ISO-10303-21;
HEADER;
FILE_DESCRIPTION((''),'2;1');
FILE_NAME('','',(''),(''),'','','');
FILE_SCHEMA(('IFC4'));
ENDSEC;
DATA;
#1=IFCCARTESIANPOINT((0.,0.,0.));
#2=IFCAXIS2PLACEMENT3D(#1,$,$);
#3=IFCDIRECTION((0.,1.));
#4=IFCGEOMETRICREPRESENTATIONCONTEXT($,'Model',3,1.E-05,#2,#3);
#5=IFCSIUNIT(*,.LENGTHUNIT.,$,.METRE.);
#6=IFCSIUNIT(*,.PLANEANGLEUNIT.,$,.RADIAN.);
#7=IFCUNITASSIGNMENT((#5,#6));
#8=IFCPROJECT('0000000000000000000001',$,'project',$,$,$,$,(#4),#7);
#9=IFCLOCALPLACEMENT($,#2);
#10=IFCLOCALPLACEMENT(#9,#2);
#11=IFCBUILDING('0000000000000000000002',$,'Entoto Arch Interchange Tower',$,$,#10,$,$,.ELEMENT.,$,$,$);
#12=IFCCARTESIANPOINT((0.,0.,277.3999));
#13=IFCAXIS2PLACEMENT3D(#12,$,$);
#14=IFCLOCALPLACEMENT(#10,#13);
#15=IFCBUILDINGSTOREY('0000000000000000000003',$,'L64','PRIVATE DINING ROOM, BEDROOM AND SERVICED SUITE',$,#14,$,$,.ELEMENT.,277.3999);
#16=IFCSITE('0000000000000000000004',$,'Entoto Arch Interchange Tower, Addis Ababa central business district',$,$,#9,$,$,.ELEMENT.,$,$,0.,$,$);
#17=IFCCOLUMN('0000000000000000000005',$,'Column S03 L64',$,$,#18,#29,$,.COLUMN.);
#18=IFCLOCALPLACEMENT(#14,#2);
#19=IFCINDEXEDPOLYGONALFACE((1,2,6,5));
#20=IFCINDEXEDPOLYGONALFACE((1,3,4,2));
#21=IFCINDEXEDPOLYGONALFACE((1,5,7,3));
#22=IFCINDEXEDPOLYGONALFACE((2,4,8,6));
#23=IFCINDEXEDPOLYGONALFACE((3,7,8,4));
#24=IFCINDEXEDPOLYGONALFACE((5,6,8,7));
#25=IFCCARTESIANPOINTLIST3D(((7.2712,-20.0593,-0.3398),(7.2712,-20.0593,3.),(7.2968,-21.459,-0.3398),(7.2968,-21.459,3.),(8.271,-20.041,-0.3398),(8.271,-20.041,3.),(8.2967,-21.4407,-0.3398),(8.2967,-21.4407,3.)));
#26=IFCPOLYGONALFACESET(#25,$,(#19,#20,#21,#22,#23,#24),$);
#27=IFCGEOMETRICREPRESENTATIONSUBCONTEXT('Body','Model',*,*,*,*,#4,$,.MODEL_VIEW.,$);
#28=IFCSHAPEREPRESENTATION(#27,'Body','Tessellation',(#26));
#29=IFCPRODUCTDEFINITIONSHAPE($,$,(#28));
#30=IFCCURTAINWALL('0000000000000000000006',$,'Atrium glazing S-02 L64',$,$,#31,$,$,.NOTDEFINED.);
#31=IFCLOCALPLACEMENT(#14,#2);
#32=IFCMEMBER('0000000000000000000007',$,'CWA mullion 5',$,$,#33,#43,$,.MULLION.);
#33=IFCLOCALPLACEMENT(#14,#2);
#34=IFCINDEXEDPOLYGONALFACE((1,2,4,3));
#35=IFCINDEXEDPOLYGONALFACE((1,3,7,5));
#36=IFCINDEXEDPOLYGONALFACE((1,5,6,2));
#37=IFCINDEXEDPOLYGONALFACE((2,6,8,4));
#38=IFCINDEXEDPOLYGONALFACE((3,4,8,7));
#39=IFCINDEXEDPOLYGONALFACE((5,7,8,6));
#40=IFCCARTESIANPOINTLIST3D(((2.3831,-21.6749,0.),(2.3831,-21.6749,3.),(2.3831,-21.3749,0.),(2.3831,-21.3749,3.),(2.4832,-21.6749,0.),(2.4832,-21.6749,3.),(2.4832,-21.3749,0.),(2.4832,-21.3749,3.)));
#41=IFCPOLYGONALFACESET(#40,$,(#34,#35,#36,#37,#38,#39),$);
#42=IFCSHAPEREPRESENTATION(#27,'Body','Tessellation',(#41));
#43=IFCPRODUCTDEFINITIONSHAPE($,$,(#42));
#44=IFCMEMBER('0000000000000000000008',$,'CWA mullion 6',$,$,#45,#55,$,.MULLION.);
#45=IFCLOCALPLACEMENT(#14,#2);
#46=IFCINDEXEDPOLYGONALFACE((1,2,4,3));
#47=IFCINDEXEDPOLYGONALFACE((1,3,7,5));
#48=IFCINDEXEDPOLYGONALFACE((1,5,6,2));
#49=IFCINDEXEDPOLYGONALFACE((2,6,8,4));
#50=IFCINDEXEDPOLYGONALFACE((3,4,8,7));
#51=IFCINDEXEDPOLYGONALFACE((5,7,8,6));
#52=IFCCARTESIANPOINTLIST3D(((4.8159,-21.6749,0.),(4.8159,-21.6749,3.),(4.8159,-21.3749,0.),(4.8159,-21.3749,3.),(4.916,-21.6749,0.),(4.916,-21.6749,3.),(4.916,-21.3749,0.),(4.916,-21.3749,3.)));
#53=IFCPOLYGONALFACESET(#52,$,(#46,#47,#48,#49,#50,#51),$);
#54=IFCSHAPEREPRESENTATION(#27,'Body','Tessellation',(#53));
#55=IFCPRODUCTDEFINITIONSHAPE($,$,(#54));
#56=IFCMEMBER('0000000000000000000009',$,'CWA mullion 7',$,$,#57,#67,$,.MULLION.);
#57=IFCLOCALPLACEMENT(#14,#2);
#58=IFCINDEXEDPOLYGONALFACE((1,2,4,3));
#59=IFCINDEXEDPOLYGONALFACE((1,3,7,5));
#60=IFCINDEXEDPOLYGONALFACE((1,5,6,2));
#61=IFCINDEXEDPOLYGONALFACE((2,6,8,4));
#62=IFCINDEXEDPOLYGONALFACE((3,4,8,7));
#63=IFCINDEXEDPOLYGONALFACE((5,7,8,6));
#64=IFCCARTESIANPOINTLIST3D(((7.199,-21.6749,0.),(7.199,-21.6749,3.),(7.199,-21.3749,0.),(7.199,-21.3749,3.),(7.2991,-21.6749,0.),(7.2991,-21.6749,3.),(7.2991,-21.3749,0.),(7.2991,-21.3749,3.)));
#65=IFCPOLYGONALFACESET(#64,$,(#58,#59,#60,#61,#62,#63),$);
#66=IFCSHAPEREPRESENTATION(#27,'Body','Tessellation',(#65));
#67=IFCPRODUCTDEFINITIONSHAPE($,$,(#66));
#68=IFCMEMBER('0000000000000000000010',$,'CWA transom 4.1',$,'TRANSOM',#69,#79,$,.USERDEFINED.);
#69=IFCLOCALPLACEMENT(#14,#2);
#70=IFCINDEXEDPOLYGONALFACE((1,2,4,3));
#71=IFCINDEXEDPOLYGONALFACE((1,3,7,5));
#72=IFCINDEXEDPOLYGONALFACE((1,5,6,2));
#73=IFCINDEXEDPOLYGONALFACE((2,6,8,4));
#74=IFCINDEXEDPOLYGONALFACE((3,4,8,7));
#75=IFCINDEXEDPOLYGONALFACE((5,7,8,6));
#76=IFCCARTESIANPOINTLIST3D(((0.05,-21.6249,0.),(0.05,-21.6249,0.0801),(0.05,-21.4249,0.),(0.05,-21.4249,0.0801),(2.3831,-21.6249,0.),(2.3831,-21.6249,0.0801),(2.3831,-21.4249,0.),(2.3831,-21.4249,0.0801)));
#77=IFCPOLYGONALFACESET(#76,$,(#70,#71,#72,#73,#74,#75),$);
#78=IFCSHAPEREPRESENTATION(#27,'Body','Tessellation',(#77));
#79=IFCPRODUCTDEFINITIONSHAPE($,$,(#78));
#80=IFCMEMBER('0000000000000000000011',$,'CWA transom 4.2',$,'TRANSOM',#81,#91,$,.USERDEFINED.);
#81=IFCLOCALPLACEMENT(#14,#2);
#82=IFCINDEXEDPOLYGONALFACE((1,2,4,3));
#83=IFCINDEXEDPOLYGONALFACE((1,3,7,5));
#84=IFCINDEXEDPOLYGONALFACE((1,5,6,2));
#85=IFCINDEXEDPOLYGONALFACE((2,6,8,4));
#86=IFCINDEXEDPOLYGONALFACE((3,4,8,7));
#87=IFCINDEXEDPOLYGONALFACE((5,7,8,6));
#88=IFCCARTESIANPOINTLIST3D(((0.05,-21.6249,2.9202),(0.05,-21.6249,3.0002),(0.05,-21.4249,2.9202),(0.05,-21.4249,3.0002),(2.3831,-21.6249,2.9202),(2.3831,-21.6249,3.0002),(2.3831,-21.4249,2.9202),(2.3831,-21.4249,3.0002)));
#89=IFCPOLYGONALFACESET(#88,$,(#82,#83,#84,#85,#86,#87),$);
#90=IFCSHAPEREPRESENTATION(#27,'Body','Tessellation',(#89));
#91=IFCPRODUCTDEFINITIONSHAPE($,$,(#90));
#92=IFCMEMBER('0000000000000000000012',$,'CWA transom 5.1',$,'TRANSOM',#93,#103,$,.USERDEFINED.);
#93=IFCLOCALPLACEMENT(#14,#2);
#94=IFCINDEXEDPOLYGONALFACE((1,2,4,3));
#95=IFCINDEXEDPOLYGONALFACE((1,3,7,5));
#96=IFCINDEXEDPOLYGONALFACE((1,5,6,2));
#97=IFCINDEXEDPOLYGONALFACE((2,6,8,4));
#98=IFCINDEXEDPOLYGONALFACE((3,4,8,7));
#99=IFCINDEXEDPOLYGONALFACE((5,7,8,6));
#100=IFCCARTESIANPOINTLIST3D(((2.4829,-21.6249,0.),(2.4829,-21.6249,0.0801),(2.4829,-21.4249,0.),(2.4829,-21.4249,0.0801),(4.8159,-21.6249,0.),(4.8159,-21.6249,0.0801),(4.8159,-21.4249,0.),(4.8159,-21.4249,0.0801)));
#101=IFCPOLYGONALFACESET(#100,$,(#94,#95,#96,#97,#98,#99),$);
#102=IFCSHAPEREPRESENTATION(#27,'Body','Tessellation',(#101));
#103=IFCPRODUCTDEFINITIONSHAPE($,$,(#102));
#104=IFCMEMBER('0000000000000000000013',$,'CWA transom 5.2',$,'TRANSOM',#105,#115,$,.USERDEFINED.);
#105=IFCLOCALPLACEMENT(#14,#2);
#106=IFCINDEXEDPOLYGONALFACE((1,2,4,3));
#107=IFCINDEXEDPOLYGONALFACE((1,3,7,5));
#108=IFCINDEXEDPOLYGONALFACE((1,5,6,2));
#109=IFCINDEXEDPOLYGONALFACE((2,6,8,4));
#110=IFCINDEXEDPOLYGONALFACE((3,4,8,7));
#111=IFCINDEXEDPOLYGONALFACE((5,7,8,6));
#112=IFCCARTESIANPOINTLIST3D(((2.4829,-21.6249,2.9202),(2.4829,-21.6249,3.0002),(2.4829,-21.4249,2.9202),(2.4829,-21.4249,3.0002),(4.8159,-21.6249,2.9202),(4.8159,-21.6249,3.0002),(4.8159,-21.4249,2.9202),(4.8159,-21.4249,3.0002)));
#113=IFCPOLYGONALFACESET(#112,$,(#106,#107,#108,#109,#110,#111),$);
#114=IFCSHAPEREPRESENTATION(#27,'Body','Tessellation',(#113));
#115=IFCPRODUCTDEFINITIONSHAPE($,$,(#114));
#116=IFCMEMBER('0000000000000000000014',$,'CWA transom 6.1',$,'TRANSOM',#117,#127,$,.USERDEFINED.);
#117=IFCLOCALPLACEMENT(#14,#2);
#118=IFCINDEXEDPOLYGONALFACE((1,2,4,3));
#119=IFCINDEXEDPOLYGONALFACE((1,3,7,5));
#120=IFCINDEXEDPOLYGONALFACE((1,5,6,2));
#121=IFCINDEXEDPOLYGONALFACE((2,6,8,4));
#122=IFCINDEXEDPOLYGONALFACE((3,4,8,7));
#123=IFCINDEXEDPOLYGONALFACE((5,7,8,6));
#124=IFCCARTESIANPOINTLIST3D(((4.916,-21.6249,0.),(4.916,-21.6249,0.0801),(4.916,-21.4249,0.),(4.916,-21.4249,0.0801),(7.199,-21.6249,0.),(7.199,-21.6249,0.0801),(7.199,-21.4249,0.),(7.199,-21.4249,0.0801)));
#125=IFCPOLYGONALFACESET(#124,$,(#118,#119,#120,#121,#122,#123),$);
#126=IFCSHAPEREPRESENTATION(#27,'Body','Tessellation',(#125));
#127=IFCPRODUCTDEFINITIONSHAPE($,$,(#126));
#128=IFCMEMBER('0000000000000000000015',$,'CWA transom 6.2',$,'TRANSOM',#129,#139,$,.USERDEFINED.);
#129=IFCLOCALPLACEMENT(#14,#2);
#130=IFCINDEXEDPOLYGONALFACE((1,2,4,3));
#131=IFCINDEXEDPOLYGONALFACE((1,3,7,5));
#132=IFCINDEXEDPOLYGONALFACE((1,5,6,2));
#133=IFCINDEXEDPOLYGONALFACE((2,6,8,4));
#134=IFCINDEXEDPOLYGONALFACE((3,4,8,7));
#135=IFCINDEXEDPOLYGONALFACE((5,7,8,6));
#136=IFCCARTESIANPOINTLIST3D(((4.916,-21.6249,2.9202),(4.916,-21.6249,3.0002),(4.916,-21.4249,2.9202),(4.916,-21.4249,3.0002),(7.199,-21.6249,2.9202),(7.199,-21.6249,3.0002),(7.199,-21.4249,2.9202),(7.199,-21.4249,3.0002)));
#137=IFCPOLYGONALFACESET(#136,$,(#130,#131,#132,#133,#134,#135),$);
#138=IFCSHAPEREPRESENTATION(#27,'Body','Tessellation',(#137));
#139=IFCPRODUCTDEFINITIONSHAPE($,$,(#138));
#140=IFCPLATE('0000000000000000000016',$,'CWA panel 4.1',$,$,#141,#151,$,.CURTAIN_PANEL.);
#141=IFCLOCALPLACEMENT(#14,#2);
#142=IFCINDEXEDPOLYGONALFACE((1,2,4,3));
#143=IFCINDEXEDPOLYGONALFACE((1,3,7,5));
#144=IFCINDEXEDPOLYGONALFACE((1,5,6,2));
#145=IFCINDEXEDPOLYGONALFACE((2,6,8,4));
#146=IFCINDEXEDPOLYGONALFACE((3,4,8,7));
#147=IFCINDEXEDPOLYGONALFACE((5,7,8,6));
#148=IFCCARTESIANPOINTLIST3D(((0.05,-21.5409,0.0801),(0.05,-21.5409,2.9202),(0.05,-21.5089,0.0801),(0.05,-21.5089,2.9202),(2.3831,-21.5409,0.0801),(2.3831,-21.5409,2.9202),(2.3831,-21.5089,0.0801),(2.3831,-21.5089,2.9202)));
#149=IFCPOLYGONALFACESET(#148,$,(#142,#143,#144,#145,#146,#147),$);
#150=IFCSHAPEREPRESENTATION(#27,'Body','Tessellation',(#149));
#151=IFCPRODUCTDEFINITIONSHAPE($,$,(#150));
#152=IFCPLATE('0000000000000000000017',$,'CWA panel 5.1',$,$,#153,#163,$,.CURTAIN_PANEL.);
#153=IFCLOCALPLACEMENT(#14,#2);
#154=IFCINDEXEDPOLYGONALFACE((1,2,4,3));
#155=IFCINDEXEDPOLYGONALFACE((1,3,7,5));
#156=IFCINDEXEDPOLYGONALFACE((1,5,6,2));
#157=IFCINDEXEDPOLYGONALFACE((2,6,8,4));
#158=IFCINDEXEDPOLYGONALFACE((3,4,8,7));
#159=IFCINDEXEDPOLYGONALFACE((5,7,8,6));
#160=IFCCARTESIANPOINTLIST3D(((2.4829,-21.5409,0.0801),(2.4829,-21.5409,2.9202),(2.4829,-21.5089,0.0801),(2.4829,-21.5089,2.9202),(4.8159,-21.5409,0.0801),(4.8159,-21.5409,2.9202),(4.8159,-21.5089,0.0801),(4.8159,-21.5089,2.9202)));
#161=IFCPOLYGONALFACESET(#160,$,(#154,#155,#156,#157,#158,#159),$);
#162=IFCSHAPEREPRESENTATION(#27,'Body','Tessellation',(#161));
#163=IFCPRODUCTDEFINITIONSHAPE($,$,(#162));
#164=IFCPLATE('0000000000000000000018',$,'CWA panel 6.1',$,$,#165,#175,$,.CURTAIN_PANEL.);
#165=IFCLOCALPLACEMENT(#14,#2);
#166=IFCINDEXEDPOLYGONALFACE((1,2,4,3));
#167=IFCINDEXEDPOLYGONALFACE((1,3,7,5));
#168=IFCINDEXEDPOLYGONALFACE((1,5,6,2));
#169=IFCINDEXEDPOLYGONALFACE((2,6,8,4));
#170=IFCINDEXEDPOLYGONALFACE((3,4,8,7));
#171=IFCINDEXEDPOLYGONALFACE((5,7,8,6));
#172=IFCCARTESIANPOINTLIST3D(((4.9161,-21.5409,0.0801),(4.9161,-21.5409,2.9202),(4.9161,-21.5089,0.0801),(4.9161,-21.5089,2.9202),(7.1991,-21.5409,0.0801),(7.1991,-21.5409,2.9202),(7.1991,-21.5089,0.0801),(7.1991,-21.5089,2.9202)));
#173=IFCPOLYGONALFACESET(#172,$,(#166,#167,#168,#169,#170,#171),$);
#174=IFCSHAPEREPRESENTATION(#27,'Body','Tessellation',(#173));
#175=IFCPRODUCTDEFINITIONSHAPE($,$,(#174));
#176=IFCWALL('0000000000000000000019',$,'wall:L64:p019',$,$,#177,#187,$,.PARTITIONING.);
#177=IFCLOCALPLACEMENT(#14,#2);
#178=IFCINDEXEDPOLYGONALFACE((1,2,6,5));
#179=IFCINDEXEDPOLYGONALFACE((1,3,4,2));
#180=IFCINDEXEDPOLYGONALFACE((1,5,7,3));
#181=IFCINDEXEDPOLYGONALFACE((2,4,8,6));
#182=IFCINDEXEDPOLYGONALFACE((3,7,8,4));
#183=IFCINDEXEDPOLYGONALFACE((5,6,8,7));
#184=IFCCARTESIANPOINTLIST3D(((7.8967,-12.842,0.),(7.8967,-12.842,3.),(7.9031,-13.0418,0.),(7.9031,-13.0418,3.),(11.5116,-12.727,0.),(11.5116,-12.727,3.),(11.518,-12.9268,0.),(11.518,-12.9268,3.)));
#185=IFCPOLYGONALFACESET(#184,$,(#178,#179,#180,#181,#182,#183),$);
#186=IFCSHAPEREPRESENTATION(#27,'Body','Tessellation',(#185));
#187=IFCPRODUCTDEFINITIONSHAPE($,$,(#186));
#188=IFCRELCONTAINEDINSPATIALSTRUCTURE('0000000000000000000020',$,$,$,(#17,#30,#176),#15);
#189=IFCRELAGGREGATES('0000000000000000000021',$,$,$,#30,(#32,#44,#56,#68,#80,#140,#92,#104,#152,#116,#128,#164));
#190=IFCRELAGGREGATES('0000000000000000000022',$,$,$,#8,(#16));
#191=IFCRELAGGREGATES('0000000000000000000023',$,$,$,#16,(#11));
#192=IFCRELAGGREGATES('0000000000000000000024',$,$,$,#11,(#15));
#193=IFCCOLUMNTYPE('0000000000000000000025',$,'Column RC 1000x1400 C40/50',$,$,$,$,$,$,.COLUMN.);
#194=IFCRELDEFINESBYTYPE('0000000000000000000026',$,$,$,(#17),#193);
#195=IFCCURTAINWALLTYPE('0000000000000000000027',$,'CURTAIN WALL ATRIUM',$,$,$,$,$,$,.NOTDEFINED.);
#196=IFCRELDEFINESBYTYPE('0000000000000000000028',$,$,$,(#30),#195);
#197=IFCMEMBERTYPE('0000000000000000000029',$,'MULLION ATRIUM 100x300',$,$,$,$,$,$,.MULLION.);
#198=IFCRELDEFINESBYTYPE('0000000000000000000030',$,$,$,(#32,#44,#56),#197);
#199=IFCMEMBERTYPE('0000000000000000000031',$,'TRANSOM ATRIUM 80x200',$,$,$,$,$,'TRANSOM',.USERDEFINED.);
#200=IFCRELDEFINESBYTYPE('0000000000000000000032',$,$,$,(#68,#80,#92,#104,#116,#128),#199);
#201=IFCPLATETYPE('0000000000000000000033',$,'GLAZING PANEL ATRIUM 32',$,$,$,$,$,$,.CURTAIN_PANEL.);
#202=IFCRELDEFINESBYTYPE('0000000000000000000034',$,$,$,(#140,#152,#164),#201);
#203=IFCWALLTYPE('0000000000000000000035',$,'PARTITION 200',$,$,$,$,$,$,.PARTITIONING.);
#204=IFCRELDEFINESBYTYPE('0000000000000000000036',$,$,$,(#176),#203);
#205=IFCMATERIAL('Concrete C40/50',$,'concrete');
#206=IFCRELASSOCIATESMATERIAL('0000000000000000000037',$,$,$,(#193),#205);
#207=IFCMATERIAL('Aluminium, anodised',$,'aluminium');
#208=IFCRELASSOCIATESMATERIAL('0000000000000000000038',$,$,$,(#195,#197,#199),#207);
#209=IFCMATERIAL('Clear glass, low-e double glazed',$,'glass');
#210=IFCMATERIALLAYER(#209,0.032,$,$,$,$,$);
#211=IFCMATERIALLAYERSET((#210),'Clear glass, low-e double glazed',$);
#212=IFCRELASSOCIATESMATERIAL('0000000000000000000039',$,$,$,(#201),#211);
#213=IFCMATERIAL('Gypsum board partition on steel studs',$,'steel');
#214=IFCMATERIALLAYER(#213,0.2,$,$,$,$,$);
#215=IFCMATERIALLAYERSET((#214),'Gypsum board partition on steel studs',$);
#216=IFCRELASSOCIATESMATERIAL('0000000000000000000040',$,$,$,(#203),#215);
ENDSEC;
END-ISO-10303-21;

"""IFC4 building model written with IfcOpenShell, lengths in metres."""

from ifc_helpers import new_model, si_unit, direction, frame, frame_2d, origin, origin_2d, place, context, subcontext, project, spatial, rectangle, extrude, material, layer, layer_set, material_profile, profile_set, type_object, element, aggregate, save


model = new_model("IFC4")

# Units and contexts
model_context = context("Model", 3, precision=1e-05, world=origin(), true_north=direction((0.0, 1.0)))
body_context = subcontext(model_context, "Body", "Model", "MODEL_VIEW")
ifc_project = project(units=[si_unit("LENGTHUNIT", "METRE"), si_unit("PLANEANGLEUNIT", "RADIAN")], contexts=[model_context])

# Site, building, storey
site_placement = place(None, origin())
site = spatial("IfcSite", under=ifc_project, at=site_placement, Name="Entoto Arch Interchange Tower, Addis Ababa central business district", CompositionType="ELEMENT", RefElevation=0.0)
building_placement = place(site_placement, origin())
building = spatial("IfcBuilding", under=site, at=building_placement, Name="Entoto Arch Interchange Tower", CompositionType="ELEMENT")
storey_placement = place(building_placement, frame((0.0, 0.0, 277.3999)))
storey = spatial("IfcBuildingStorey", under=building, at=storey_placement, Name="L64", Description="PRIVATE DINING ROOM, BEDROOM AND SERVICED SUITE", CompositionType="ELEMENT", Elevation=277.3999)

# Column
ifc_material_1 = material(Name="Concrete C40/50", Category="concrete")
ifc_material_profile_1 = material_profile(ifc_material_1, rectangle(XDim=1.0, YDim=1.3999, at=origin_2d()))
ifc_profile_set_1 = profile_set([ifc_material_profile_1], Name="Concrete C40/50")
column_type = type_object("IfcColumnType", Name="Column RC 1000x1400 C40/50", PredefinedType="COLUMN", material=ifc_profile_set_1)
column_placement = place(storey_placement, frame((7.7839, -20.75, -0.3398), z_axis=(0.0, 0.0, 1.0), x_axis=(0.999833, 0.01829, 0.0)))
element("IfcColumn", 1, at=column_placement, inside=storey, type_object=column_type, Name="Column S03 L64", PredefinedType="COLUMN", context=body_context, shape_type="SweptSolid", body=[
    extrude(rectangle(XDim=1.0, YDim=1.3999, at=origin_2d()), origin(), (0.0, 0.0, 1.0), 3.3398),
])

# Curtain wall, members, plates
ifc_material_2 = material(Name="Aluminium, anodised", Category="aluminium")
curtain_wall_type = type_object("IfcCurtainWallType", Name="CURTAIN WALL ATRIUM", PredefinedType="NOTDEFINED", material=ifc_material_2)
curtain_wall_placement = place(storey_placement, origin())
curtain_wall = element("IfcCurtainWall", 2, at=curtain_wall_placement, inside=storey, type_object=curtain_wall_type, Name="Atrium glazing S-02 L64", PredefinedType="NOTDEFINED")
ifc_material_profile_2 = material_profile(ifc_material_2, rectangle(XDim=0.3, YDim=0.1001, at=origin_2d()))
ifc_profile_set_2 = profile_set([ifc_material_profile_2], Name="Aluminium, anodised")
member_type_1 = type_object("IfcMemberType", Name="MULLION ATRIUM 100x300", PredefinedType="MULLION", material=ifc_profile_set_2)
member_1_placement = place(storey_placement, frame((2.4331, -21.5249, 0.0), z_axis=(0.0, 0.0, 1.0), x_axis=(0.0, 1.0, 0.0)))
member_1 = element("IfcMember", 3, at=member_1_placement, type_object=member_type_1, Name="CWA mullion 5", PredefinedType="MULLION", context=body_context, shape_type="SweptSolid", body=[
    extrude(rectangle(XDim=0.3, YDim=0.1001, at=origin_2d()), origin(), (0.0, 0.0, 1.0), 3.0),
])
member_2_placement = place(storey_placement, frame((4.866, -21.5249, 0.0), z_axis=(0.0, 0.0, 1.0), x_axis=(0.0, 1.0, 0.0)))
member_2 = element("IfcMember", 4, at=member_2_placement, type_object=member_type_1, Name="CWA mullion 6", PredefinedType="MULLION", context=body_context, shape_type="SweptSolid", body=[
    extrude(rectangle(XDim=0.3, YDim=0.1001, at=origin_2d()), origin(), (0.0, 0.0, 1.0), 3.0),
])
member_3_placement = place(storey_placement, frame((7.249, -21.5249, 0.0), z_axis=(0.0, 0.0, 1.0), x_axis=(0.0, 1.0, 0.0)))
member_3 = element("IfcMember", 5, at=member_3_placement, type_object=member_type_1, Name="CWA mullion 7", PredefinedType="MULLION", context=body_context, shape_type="SweptSolid", body=[
    extrude(rectangle(XDim=0.3, YDim=0.1001, at=origin_2d()), origin(), (0.0, 0.0, 1.0), 3.0),
])
ifc_material_profile_3 = material_profile(ifc_material_2, rectangle(XDim=0.2, YDim=0.0801, at=origin_2d()))
ifc_profile_set_3 = profile_set([ifc_material_profile_3], Name="Aluminium, anodised")
member_type_2 = type_object("IfcMemberType", Name="TRANSOM ATRIUM 80x200", ElementType="TRANSOM", PredefinedType="USERDEFINED", material=ifc_profile_set_3)
member_4_placement = place(storey_placement, frame((0.05, -21.5249, 0.04), z_axis=(1.0, 0.0, 0.0), x_axis=(0.0, 1.0, 0.0)))
member_4 = element("IfcMember", 6, at=member_4_placement, type_object=member_type_2, Name="CWA transom 4.1", ObjectType="TRANSOM", PredefinedType="USERDEFINED", context=body_context, shape_type="SweptSolid", body=[
    extrude(rectangle(XDim=0.2, YDim=0.0801, at=origin_2d()), origin(), (0.0, 0.0, 1.0), 2.333),
])
member_5_placement = place(storey_placement, frame((0.05, -21.5249, 2.9602), z_axis=(1.0, 0.0, 0.0), x_axis=(0.0, 1.0, 0.0)))
member_5 = element("IfcMember", 7, at=member_5_placement, type_object=member_type_2, Name="CWA transom 4.2", ObjectType="TRANSOM", PredefinedType="USERDEFINED", context=body_context, shape_type="SweptSolid", body=[
    extrude(rectangle(XDim=0.2, YDim=0.0801, at=origin_2d()), origin(), (0.0, 0.0, 1.0), 2.333),
])
member_6_placement = place(storey_placement, frame((2.4829, -21.5249, 0.04), z_axis=(1.0, 0.0, 0.0), x_axis=(0.0, 1.0, 0.0)))
member_6 = element("IfcMember", 8, at=member_6_placement, type_object=member_type_2, Name="CWA transom 5.1", ObjectType="TRANSOM", PredefinedType="USERDEFINED", context=body_context, shape_type="SweptSolid", body=[
    extrude(rectangle(XDim=0.2, YDim=0.0801, at=origin_2d()), origin(), (0.0, 0.0, 1.0), 2.333),
])
member_7_placement = place(storey_placement, frame((2.4829, -21.5249, 2.9602), z_axis=(1.0, 0.0, 0.0), x_axis=(0.0, 1.0, 0.0)))
member_7 = element("IfcMember", 9, at=member_7_placement, type_object=member_type_2, Name="CWA transom 5.2", ObjectType="TRANSOM", PredefinedType="USERDEFINED", context=body_context, shape_type="SweptSolid", body=[
    extrude(rectangle(XDim=0.2, YDim=0.0801, at=origin_2d()), origin(), (0.0, 0.0, 1.0), 2.333),
])
member_8_placement = place(storey_placement, frame((4.916, -21.5249, 0.04), z_axis=(1.0, 0.0, 0.0), x_axis=(0.0, 1.0, 0.0)))
member_8 = element("IfcMember", 10, at=member_8_placement, type_object=member_type_2, Name="CWA transom 6.1", ObjectType="TRANSOM", PredefinedType="USERDEFINED", context=body_context, shape_type="SweptSolid", body=[
    extrude(rectangle(XDim=0.2, YDim=0.0801, at=origin_2d()), origin(), (0.0, 0.0, 1.0), 2.283),
])
member_9_placement = place(storey_placement, frame((4.916, -21.5249, 2.9602), z_axis=(1.0, 0.0, 0.0), x_axis=(0.0, 1.0, 0.0)))
member_9 = element("IfcMember", 11, at=member_9_placement, type_object=member_type_2, Name="CWA transom 6.2", ObjectType="TRANSOM", PredefinedType="USERDEFINED", context=body_context, shape_type="SweptSolid", body=[
    extrude(rectangle(XDim=0.2, YDim=0.0801, at=origin_2d()), origin(), (0.0, 0.0, 1.0), 2.283),
])
ifc_material_3 = material(Name="Clear glass, low-e double glazed", Category="glass")
ifc_layer_1 = layer(ifc_material_3, 0.032)
ifc_layer_set_1 = layer_set([ifc_layer_1], Name="Clear glass, low-e double glazed")
plate_type = type_object("IfcPlateType", Name="GLAZING PANEL ATRIUM 32", PredefinedType="CURTAIN_PANEL", material=ifc_layer_set_1)
plate_1_placement = place(storey_placement, frame((1.2166, -21.5249, 0.0801), z_axis=(0.0, 0.0, 1.0), x_axis=(1.0, 0.0, 0.0)))
plate_1 = element("IfcPlate", 12, at=plate_1_placement, type_object=plate_type, Name="CWA panel 4.1", PredefinedType="CURTAIN_PANEL", context=body_context, shape_type="SweptSolid", body=[
    extrude(rectangle(XDim=2.333, YDim=0.032, at=origin_2d()), origin(), (0.0, 0.0, 1.0), 2.8401),
])
plate_2_placement = place(storey_placement, frame((3.6494, -21.5249, 0.0801), z_axis=(0.0, 0.0, 1.0), x_axis=(1.0, 0.0, 0.0)))
plate_2 = element("IfcPlate", 13, at=plate_2_placement, type_object=plate_type, Name="CWA panel 5.1", PredefinedType="CURTAIN_PANEL", context=body_context, shape_type="SweptSolid", body=[
    extrude(rectangle(XDim=2.333, YDim=0.032, at=origin_2d()), origin(), (0.0, 0.0, 1.0), 2.8401),
])
plate_3_placement = place(storey_placement, frame((6.0576, -21.5249, 0.0801), z_axis=(0.0, 0.0, 1.0), x_axis=(1.0, 0.0, 0.0)))
plate_3 = element("IfcPlate", 14, at=plate_3_placement, type_object=plate_type, Name="CWA panel 6.1", PredefinedType="CURTAIN_PANEL", context=body_context, shape_type="SweptSolid", body=[
    extrude(rectangle(XDim=2.283, YDim=0.032, at=origin_2d()), origin(), (0.0, 0.0, 1.0), 2.8401),
])
aggregate(curtain_wall, [member_1, member_2, member_3, member_4, member_5, plate_1, member_6, member_7, plate_2, member_8, member_9, plate_3])

# Wall
ifc_material_4 = material(Name="Gypsum board partition on steel studs", Category="steel")
ifc_layer_2 = layer(ifc_material_4, 0.2)
ifc_layer_set_2 = layer_set([ifc_layer_2], Name="Gypsum board partition on steel studs")
wall_type_1 = type_object("IfcWallType", Name="PARTITION 200", PredefinedType="PARTITIONING", material=ifc_layer_set_2)
wall_1_placement = place(storey_placement, frame((7.8999, -12.9419, 0.0), z_axis=(0.0, 0.0, 1.0), x_axis=(0.999494, 0.031793, 0.0)))
element("IfcWall", 15, at=wall_1_placement, inside=storey, type_object=wall_type_1, Name="wall:L64:p019", PredefinedType="PARTITIONING", context=body_context, shape_type="SweptSolid", body=[
    extrude(rectangle(XDim=3.6167, YDim=0.2, at=frame_2d((1.8083, 0.0))), origin(), (0.0, 0.0, 1.0), 3.0),
])

save(model, "model.ifc")
